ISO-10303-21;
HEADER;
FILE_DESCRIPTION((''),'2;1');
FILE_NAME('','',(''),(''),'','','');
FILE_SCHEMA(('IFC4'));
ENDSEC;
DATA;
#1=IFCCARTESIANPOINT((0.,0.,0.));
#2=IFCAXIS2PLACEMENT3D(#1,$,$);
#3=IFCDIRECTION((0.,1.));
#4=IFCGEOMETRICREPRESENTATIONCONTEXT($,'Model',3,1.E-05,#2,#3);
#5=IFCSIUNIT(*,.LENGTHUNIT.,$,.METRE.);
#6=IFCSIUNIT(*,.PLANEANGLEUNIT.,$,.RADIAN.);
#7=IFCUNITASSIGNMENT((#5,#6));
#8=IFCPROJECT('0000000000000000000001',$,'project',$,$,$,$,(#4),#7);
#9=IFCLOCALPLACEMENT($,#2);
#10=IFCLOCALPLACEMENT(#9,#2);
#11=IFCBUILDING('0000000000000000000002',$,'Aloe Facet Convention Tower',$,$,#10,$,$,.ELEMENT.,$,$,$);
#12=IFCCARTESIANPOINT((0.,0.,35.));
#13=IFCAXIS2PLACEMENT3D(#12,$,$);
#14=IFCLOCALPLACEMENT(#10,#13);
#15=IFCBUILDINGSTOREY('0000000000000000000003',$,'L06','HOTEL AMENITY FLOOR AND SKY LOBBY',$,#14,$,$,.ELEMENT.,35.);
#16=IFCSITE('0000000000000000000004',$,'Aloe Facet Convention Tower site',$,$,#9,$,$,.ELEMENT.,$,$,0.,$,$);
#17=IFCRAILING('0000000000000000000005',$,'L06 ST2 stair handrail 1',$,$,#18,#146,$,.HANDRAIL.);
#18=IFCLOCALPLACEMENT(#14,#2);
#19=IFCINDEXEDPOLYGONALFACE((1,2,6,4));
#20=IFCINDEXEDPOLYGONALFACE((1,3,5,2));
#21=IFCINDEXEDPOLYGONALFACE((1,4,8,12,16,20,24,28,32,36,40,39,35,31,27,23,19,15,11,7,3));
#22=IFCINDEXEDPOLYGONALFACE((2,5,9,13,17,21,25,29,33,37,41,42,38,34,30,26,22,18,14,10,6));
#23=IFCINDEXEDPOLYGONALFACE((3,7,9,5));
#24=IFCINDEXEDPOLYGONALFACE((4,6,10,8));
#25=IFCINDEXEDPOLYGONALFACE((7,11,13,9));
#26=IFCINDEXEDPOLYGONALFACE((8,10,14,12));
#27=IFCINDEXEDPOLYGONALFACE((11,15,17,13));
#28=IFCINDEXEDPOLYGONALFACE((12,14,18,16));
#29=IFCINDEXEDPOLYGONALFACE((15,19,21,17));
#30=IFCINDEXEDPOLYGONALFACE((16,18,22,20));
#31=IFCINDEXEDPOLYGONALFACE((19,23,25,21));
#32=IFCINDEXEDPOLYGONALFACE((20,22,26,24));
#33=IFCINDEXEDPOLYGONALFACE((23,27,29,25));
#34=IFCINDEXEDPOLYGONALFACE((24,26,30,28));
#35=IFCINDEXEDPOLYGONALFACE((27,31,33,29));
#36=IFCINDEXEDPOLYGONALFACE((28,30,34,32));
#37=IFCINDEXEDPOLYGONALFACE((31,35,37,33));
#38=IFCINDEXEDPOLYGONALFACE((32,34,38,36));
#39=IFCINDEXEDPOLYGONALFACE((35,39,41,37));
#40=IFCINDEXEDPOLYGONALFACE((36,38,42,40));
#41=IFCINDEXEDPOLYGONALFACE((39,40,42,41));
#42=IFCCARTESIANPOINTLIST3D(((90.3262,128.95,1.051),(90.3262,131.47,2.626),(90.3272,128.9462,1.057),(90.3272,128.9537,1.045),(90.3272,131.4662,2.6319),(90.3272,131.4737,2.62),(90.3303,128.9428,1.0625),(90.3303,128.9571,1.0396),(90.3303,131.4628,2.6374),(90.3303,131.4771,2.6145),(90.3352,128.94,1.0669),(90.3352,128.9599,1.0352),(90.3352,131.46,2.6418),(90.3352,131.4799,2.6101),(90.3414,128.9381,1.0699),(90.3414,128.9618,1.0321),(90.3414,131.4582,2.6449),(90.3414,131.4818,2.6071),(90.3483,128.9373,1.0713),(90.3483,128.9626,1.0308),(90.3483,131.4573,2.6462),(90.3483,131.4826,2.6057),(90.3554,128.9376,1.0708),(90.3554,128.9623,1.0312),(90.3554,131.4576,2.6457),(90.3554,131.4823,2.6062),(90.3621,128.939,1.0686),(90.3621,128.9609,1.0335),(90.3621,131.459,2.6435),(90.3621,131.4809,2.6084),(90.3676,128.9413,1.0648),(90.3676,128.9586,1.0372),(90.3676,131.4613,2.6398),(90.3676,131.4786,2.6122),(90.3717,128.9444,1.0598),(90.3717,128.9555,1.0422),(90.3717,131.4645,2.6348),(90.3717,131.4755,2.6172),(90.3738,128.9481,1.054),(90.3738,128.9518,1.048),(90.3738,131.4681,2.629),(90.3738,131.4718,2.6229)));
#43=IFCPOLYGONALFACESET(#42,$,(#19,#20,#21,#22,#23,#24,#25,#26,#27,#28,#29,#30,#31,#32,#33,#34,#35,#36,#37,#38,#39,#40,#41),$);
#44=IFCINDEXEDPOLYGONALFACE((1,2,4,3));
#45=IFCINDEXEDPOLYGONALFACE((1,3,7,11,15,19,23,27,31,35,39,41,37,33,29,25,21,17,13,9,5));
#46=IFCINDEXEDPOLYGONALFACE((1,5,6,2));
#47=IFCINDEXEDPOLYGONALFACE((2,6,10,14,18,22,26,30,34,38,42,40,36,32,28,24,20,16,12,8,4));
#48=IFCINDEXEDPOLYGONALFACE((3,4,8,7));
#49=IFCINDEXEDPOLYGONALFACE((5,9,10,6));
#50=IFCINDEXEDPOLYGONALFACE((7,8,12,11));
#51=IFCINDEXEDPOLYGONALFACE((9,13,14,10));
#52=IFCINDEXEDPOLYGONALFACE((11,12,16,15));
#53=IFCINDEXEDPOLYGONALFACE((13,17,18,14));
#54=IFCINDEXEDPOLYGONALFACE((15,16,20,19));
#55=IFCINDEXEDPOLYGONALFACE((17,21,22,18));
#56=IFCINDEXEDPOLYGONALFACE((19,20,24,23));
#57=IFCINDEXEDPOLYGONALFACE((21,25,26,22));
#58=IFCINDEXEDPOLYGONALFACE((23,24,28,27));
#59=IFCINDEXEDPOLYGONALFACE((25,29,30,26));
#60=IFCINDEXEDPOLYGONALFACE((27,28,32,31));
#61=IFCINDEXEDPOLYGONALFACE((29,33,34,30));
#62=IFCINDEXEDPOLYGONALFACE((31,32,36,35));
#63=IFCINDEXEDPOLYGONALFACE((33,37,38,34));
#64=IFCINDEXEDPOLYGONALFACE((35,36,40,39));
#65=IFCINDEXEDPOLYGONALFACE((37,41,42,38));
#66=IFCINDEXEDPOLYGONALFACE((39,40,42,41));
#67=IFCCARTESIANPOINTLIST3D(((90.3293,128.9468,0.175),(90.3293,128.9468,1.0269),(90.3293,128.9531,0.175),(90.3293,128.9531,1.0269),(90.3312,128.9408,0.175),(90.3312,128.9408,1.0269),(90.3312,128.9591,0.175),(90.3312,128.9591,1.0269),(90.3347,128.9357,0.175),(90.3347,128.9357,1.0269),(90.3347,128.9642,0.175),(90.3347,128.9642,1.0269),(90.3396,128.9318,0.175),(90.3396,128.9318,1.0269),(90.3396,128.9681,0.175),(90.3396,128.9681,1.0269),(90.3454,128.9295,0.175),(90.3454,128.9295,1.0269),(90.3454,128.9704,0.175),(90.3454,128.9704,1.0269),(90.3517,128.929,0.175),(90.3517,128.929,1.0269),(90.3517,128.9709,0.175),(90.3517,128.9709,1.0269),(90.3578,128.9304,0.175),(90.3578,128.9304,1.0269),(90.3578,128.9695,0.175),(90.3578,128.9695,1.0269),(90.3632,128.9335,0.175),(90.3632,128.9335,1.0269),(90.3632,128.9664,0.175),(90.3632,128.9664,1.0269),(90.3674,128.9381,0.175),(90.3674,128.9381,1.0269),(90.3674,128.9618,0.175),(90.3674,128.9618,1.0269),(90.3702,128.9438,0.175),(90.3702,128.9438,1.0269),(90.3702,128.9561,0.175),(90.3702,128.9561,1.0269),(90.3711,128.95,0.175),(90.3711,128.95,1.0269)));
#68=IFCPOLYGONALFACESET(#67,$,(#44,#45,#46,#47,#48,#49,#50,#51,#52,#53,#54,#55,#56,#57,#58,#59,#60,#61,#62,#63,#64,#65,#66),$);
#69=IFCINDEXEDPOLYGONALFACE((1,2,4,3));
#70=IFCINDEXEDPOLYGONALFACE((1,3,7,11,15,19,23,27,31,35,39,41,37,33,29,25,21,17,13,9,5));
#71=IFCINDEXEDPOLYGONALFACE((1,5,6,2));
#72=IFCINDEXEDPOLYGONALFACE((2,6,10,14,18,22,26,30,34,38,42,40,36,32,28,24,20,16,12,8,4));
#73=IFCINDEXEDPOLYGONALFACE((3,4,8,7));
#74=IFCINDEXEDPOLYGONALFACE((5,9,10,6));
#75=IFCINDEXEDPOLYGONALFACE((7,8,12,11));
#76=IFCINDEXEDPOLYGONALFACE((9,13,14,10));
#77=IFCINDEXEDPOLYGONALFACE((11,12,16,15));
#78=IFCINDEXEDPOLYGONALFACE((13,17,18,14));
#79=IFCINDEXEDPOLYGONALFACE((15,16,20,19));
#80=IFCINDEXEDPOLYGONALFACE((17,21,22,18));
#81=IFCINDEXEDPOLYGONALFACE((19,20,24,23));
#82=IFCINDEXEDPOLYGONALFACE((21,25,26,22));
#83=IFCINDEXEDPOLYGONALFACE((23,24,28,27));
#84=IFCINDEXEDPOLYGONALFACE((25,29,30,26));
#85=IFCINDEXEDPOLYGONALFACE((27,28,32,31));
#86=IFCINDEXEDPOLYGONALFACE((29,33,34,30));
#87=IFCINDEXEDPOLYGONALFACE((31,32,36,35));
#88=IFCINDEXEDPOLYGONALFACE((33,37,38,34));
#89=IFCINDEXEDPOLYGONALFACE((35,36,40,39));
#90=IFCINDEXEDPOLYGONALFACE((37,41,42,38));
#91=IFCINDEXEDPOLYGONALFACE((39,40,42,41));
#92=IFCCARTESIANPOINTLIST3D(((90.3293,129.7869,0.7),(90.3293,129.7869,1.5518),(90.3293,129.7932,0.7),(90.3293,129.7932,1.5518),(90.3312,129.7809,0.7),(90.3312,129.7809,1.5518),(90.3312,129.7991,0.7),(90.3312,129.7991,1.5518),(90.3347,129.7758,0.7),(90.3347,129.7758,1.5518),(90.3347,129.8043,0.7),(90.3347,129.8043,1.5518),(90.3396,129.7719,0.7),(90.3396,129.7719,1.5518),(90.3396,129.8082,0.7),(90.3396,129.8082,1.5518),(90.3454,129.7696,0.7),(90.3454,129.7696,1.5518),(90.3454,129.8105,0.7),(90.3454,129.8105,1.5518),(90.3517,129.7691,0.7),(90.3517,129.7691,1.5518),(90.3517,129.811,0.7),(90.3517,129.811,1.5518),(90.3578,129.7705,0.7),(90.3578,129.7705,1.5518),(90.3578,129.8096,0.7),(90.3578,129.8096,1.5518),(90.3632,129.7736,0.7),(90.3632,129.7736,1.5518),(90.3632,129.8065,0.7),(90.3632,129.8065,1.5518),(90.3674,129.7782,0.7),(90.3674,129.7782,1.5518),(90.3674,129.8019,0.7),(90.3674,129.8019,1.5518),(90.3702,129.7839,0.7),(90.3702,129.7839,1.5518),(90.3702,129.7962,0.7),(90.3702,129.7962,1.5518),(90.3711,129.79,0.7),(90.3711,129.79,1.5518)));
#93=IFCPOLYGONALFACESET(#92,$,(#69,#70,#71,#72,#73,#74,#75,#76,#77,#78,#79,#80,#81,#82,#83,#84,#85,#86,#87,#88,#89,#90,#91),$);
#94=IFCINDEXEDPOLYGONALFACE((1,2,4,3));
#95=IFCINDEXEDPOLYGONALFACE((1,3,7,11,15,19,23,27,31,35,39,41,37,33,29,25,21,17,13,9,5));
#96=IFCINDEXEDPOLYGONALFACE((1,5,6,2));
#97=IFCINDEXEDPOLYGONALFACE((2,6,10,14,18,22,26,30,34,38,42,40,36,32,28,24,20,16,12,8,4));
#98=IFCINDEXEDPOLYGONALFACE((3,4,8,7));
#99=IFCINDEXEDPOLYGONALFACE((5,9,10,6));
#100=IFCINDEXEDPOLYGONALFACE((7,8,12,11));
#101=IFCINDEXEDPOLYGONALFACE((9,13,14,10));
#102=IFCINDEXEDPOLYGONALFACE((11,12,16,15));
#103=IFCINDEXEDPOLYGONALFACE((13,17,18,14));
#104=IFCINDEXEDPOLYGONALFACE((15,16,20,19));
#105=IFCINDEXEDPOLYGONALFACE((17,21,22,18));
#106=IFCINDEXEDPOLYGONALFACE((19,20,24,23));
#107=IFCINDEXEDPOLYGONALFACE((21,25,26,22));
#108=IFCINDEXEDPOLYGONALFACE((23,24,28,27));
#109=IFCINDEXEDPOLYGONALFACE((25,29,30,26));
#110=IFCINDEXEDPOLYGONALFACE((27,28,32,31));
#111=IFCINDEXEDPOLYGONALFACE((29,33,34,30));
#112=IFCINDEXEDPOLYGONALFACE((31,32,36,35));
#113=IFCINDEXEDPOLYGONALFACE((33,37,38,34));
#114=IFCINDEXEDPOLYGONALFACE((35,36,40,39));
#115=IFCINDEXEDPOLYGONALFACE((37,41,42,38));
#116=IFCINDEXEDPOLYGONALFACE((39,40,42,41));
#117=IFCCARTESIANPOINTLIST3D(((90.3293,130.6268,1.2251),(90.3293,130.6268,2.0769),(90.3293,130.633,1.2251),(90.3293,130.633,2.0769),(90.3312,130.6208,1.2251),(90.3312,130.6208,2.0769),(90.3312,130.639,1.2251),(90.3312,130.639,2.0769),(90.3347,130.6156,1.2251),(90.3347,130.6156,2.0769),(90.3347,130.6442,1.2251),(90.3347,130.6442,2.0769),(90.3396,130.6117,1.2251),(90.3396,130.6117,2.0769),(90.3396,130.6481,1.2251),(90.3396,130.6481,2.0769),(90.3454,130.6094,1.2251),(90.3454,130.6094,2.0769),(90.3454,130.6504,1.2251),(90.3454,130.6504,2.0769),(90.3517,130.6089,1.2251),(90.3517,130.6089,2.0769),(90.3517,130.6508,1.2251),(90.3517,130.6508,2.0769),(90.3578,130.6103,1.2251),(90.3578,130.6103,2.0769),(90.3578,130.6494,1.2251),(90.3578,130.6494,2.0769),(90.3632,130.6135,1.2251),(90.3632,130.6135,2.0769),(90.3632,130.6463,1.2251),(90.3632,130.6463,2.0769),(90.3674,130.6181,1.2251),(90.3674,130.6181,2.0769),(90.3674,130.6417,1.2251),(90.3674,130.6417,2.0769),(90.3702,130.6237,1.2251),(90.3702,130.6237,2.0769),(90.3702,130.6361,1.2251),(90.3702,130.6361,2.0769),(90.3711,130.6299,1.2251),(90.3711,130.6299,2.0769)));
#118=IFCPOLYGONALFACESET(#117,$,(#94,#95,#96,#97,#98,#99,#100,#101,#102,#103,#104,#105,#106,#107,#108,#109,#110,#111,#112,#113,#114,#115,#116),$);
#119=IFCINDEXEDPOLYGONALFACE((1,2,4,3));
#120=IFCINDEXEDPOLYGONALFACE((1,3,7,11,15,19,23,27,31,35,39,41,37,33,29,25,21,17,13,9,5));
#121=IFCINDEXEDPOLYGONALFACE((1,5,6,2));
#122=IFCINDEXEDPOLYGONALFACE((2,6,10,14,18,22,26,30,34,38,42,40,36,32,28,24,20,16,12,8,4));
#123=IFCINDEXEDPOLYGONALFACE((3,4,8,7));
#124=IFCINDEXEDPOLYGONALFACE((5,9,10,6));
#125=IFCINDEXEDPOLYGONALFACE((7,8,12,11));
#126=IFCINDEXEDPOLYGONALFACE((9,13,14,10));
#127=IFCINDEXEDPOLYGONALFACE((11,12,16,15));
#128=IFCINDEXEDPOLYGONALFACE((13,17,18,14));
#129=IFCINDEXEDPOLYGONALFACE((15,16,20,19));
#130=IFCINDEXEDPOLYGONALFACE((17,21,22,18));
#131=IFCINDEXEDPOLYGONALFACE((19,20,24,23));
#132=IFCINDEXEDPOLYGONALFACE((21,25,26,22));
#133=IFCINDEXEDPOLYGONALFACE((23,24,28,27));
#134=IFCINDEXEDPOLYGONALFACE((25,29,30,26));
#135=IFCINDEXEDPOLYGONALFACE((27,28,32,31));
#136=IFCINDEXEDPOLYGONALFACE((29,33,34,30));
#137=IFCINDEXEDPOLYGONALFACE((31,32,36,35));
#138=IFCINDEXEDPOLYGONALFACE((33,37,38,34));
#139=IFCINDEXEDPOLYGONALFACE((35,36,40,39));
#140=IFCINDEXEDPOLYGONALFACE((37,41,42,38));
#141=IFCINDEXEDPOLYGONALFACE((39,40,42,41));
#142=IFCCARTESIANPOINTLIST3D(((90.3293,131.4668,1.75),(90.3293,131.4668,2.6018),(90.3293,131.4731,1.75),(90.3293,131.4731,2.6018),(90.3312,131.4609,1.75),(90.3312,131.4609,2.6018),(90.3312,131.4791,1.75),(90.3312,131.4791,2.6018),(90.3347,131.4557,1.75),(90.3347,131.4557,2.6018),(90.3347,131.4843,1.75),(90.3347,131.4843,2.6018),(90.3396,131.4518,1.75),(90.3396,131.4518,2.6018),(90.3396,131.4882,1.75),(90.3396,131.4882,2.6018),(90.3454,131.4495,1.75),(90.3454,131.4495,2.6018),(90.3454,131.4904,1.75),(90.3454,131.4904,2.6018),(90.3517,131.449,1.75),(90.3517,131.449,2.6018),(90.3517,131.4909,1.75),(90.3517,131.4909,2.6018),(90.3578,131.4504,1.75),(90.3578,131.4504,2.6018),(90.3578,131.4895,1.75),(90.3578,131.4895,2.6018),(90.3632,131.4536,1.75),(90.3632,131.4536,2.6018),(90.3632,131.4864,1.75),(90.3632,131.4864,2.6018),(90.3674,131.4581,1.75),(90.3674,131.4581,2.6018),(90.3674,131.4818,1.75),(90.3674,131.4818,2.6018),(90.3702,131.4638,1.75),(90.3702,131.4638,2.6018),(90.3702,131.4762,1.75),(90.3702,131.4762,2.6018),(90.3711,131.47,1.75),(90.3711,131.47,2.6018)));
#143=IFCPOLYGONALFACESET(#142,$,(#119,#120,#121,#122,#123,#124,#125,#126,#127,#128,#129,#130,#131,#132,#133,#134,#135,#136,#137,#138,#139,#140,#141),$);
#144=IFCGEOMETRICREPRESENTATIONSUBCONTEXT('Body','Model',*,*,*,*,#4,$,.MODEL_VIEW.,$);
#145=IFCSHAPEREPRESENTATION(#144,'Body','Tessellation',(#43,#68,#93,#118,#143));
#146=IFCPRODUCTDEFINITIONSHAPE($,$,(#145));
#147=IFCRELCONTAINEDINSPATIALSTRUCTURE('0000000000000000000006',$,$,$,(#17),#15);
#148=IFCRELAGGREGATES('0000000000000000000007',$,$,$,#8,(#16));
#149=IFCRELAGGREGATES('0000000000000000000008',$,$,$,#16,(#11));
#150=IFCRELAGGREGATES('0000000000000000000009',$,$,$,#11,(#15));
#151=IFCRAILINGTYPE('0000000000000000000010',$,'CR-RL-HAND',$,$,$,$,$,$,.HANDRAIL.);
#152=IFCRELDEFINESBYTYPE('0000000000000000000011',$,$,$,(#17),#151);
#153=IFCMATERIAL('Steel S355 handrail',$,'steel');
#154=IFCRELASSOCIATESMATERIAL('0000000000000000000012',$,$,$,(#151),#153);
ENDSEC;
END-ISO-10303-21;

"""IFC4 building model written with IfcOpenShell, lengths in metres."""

from ifc_helpers import new_model, si_unit, direction, frame, origin, origin_2d, place, context, subcontext, project, spatial, circle, extrude, material, type_object, element, save


model = new_model("IFC4")

# Units and contexts
model_context = context("Model", 3, precision=1e-05, world=origin(), true_north=direction((0.0, 1.0)))
body_context = subcontext(model_context, "Body", "Model", "MODEL_VIEW")
ifc_project = project(units=[si_unit("LENGTHUNIT", "METRE"), si_unit("PLANEANGLEUNIT", "RADIAN")], contexts=[model_context])

# Site, building, storey
site_placement = place(None, origin())
site = spatial("IfcSite", under=ifc_project, at=site_placement, Name="Aloe Facet Convention Tower site", CompositionType="ELEMENT", RefElevation=0.0)
building_placement = place(site_placement, origin())
building = spatial("IfcBuilding", under=site, at=building_placement, Name="Aloe Facet Convention Tower", CompositionType="ELEMENT")
storey_placement = place(building_placement, frame((0.0, 0.0, 35.0)))
storey = spatial("IfcBuildingStorey", under=building, at=storey_placement, Name="L06", Description="HOTEL AMENITY FLOOR AND SKY LOBBY", CompositionType="ELEMENT", Elevation=35.0)

# Railing
ifc_material_1 = material(Name="Steel S355 handrail", Category="steel")
railing_type_1 = type_object("IfcRailingType", Name="CR-RL-HAND", PredefinedType="HANDRAIL", material=ifc_material_1)
railing_1_placement = place(storey_placement, frame((90.3501, 128.95, 0.175)))
element("IfcRailing", 1, at=railing_1_placement, inside=storey, type_object=railing_type_1, Name="L06 ST2 stair handrail 1", PredefinedType="HANDRAIL", context=body_context, shape_type="SweptSolid", body=[
    extrude(circle(Radius=0.0239, at=origin_2d()), frame((0.0, 0.0, 0.876), z_axis=(0.0, 0.848008, 0.529984), x_axis=(-1.0, 0.0, 0.0)), (0.0, 0.0, 1.0), 2.9717),
    extrude(circle(Radius=0.021, at=origin_2d()), origin(), (0.0, 0.0, 1.0), 0.8518),
    extrude(circle(Radius=0.021, at=origin_2d()), frame((0.0, 0.8401, 0.5249)), (0.0, 0.0, 1.0), 0.8518),
    extrude(circle(Radius=0.021, at=origin_2d()), frame((0.0, 1.6799, 1.05)), (0.0, 0.0, 1.0), 0.8518),
    extrude(circle(Radius=0.021, at=origin_2d()), frame((0.0, 2.52, 1.575)), (0.0, 0.0, 1.0), 0.8518),
])

save(model, "model.ifc")
